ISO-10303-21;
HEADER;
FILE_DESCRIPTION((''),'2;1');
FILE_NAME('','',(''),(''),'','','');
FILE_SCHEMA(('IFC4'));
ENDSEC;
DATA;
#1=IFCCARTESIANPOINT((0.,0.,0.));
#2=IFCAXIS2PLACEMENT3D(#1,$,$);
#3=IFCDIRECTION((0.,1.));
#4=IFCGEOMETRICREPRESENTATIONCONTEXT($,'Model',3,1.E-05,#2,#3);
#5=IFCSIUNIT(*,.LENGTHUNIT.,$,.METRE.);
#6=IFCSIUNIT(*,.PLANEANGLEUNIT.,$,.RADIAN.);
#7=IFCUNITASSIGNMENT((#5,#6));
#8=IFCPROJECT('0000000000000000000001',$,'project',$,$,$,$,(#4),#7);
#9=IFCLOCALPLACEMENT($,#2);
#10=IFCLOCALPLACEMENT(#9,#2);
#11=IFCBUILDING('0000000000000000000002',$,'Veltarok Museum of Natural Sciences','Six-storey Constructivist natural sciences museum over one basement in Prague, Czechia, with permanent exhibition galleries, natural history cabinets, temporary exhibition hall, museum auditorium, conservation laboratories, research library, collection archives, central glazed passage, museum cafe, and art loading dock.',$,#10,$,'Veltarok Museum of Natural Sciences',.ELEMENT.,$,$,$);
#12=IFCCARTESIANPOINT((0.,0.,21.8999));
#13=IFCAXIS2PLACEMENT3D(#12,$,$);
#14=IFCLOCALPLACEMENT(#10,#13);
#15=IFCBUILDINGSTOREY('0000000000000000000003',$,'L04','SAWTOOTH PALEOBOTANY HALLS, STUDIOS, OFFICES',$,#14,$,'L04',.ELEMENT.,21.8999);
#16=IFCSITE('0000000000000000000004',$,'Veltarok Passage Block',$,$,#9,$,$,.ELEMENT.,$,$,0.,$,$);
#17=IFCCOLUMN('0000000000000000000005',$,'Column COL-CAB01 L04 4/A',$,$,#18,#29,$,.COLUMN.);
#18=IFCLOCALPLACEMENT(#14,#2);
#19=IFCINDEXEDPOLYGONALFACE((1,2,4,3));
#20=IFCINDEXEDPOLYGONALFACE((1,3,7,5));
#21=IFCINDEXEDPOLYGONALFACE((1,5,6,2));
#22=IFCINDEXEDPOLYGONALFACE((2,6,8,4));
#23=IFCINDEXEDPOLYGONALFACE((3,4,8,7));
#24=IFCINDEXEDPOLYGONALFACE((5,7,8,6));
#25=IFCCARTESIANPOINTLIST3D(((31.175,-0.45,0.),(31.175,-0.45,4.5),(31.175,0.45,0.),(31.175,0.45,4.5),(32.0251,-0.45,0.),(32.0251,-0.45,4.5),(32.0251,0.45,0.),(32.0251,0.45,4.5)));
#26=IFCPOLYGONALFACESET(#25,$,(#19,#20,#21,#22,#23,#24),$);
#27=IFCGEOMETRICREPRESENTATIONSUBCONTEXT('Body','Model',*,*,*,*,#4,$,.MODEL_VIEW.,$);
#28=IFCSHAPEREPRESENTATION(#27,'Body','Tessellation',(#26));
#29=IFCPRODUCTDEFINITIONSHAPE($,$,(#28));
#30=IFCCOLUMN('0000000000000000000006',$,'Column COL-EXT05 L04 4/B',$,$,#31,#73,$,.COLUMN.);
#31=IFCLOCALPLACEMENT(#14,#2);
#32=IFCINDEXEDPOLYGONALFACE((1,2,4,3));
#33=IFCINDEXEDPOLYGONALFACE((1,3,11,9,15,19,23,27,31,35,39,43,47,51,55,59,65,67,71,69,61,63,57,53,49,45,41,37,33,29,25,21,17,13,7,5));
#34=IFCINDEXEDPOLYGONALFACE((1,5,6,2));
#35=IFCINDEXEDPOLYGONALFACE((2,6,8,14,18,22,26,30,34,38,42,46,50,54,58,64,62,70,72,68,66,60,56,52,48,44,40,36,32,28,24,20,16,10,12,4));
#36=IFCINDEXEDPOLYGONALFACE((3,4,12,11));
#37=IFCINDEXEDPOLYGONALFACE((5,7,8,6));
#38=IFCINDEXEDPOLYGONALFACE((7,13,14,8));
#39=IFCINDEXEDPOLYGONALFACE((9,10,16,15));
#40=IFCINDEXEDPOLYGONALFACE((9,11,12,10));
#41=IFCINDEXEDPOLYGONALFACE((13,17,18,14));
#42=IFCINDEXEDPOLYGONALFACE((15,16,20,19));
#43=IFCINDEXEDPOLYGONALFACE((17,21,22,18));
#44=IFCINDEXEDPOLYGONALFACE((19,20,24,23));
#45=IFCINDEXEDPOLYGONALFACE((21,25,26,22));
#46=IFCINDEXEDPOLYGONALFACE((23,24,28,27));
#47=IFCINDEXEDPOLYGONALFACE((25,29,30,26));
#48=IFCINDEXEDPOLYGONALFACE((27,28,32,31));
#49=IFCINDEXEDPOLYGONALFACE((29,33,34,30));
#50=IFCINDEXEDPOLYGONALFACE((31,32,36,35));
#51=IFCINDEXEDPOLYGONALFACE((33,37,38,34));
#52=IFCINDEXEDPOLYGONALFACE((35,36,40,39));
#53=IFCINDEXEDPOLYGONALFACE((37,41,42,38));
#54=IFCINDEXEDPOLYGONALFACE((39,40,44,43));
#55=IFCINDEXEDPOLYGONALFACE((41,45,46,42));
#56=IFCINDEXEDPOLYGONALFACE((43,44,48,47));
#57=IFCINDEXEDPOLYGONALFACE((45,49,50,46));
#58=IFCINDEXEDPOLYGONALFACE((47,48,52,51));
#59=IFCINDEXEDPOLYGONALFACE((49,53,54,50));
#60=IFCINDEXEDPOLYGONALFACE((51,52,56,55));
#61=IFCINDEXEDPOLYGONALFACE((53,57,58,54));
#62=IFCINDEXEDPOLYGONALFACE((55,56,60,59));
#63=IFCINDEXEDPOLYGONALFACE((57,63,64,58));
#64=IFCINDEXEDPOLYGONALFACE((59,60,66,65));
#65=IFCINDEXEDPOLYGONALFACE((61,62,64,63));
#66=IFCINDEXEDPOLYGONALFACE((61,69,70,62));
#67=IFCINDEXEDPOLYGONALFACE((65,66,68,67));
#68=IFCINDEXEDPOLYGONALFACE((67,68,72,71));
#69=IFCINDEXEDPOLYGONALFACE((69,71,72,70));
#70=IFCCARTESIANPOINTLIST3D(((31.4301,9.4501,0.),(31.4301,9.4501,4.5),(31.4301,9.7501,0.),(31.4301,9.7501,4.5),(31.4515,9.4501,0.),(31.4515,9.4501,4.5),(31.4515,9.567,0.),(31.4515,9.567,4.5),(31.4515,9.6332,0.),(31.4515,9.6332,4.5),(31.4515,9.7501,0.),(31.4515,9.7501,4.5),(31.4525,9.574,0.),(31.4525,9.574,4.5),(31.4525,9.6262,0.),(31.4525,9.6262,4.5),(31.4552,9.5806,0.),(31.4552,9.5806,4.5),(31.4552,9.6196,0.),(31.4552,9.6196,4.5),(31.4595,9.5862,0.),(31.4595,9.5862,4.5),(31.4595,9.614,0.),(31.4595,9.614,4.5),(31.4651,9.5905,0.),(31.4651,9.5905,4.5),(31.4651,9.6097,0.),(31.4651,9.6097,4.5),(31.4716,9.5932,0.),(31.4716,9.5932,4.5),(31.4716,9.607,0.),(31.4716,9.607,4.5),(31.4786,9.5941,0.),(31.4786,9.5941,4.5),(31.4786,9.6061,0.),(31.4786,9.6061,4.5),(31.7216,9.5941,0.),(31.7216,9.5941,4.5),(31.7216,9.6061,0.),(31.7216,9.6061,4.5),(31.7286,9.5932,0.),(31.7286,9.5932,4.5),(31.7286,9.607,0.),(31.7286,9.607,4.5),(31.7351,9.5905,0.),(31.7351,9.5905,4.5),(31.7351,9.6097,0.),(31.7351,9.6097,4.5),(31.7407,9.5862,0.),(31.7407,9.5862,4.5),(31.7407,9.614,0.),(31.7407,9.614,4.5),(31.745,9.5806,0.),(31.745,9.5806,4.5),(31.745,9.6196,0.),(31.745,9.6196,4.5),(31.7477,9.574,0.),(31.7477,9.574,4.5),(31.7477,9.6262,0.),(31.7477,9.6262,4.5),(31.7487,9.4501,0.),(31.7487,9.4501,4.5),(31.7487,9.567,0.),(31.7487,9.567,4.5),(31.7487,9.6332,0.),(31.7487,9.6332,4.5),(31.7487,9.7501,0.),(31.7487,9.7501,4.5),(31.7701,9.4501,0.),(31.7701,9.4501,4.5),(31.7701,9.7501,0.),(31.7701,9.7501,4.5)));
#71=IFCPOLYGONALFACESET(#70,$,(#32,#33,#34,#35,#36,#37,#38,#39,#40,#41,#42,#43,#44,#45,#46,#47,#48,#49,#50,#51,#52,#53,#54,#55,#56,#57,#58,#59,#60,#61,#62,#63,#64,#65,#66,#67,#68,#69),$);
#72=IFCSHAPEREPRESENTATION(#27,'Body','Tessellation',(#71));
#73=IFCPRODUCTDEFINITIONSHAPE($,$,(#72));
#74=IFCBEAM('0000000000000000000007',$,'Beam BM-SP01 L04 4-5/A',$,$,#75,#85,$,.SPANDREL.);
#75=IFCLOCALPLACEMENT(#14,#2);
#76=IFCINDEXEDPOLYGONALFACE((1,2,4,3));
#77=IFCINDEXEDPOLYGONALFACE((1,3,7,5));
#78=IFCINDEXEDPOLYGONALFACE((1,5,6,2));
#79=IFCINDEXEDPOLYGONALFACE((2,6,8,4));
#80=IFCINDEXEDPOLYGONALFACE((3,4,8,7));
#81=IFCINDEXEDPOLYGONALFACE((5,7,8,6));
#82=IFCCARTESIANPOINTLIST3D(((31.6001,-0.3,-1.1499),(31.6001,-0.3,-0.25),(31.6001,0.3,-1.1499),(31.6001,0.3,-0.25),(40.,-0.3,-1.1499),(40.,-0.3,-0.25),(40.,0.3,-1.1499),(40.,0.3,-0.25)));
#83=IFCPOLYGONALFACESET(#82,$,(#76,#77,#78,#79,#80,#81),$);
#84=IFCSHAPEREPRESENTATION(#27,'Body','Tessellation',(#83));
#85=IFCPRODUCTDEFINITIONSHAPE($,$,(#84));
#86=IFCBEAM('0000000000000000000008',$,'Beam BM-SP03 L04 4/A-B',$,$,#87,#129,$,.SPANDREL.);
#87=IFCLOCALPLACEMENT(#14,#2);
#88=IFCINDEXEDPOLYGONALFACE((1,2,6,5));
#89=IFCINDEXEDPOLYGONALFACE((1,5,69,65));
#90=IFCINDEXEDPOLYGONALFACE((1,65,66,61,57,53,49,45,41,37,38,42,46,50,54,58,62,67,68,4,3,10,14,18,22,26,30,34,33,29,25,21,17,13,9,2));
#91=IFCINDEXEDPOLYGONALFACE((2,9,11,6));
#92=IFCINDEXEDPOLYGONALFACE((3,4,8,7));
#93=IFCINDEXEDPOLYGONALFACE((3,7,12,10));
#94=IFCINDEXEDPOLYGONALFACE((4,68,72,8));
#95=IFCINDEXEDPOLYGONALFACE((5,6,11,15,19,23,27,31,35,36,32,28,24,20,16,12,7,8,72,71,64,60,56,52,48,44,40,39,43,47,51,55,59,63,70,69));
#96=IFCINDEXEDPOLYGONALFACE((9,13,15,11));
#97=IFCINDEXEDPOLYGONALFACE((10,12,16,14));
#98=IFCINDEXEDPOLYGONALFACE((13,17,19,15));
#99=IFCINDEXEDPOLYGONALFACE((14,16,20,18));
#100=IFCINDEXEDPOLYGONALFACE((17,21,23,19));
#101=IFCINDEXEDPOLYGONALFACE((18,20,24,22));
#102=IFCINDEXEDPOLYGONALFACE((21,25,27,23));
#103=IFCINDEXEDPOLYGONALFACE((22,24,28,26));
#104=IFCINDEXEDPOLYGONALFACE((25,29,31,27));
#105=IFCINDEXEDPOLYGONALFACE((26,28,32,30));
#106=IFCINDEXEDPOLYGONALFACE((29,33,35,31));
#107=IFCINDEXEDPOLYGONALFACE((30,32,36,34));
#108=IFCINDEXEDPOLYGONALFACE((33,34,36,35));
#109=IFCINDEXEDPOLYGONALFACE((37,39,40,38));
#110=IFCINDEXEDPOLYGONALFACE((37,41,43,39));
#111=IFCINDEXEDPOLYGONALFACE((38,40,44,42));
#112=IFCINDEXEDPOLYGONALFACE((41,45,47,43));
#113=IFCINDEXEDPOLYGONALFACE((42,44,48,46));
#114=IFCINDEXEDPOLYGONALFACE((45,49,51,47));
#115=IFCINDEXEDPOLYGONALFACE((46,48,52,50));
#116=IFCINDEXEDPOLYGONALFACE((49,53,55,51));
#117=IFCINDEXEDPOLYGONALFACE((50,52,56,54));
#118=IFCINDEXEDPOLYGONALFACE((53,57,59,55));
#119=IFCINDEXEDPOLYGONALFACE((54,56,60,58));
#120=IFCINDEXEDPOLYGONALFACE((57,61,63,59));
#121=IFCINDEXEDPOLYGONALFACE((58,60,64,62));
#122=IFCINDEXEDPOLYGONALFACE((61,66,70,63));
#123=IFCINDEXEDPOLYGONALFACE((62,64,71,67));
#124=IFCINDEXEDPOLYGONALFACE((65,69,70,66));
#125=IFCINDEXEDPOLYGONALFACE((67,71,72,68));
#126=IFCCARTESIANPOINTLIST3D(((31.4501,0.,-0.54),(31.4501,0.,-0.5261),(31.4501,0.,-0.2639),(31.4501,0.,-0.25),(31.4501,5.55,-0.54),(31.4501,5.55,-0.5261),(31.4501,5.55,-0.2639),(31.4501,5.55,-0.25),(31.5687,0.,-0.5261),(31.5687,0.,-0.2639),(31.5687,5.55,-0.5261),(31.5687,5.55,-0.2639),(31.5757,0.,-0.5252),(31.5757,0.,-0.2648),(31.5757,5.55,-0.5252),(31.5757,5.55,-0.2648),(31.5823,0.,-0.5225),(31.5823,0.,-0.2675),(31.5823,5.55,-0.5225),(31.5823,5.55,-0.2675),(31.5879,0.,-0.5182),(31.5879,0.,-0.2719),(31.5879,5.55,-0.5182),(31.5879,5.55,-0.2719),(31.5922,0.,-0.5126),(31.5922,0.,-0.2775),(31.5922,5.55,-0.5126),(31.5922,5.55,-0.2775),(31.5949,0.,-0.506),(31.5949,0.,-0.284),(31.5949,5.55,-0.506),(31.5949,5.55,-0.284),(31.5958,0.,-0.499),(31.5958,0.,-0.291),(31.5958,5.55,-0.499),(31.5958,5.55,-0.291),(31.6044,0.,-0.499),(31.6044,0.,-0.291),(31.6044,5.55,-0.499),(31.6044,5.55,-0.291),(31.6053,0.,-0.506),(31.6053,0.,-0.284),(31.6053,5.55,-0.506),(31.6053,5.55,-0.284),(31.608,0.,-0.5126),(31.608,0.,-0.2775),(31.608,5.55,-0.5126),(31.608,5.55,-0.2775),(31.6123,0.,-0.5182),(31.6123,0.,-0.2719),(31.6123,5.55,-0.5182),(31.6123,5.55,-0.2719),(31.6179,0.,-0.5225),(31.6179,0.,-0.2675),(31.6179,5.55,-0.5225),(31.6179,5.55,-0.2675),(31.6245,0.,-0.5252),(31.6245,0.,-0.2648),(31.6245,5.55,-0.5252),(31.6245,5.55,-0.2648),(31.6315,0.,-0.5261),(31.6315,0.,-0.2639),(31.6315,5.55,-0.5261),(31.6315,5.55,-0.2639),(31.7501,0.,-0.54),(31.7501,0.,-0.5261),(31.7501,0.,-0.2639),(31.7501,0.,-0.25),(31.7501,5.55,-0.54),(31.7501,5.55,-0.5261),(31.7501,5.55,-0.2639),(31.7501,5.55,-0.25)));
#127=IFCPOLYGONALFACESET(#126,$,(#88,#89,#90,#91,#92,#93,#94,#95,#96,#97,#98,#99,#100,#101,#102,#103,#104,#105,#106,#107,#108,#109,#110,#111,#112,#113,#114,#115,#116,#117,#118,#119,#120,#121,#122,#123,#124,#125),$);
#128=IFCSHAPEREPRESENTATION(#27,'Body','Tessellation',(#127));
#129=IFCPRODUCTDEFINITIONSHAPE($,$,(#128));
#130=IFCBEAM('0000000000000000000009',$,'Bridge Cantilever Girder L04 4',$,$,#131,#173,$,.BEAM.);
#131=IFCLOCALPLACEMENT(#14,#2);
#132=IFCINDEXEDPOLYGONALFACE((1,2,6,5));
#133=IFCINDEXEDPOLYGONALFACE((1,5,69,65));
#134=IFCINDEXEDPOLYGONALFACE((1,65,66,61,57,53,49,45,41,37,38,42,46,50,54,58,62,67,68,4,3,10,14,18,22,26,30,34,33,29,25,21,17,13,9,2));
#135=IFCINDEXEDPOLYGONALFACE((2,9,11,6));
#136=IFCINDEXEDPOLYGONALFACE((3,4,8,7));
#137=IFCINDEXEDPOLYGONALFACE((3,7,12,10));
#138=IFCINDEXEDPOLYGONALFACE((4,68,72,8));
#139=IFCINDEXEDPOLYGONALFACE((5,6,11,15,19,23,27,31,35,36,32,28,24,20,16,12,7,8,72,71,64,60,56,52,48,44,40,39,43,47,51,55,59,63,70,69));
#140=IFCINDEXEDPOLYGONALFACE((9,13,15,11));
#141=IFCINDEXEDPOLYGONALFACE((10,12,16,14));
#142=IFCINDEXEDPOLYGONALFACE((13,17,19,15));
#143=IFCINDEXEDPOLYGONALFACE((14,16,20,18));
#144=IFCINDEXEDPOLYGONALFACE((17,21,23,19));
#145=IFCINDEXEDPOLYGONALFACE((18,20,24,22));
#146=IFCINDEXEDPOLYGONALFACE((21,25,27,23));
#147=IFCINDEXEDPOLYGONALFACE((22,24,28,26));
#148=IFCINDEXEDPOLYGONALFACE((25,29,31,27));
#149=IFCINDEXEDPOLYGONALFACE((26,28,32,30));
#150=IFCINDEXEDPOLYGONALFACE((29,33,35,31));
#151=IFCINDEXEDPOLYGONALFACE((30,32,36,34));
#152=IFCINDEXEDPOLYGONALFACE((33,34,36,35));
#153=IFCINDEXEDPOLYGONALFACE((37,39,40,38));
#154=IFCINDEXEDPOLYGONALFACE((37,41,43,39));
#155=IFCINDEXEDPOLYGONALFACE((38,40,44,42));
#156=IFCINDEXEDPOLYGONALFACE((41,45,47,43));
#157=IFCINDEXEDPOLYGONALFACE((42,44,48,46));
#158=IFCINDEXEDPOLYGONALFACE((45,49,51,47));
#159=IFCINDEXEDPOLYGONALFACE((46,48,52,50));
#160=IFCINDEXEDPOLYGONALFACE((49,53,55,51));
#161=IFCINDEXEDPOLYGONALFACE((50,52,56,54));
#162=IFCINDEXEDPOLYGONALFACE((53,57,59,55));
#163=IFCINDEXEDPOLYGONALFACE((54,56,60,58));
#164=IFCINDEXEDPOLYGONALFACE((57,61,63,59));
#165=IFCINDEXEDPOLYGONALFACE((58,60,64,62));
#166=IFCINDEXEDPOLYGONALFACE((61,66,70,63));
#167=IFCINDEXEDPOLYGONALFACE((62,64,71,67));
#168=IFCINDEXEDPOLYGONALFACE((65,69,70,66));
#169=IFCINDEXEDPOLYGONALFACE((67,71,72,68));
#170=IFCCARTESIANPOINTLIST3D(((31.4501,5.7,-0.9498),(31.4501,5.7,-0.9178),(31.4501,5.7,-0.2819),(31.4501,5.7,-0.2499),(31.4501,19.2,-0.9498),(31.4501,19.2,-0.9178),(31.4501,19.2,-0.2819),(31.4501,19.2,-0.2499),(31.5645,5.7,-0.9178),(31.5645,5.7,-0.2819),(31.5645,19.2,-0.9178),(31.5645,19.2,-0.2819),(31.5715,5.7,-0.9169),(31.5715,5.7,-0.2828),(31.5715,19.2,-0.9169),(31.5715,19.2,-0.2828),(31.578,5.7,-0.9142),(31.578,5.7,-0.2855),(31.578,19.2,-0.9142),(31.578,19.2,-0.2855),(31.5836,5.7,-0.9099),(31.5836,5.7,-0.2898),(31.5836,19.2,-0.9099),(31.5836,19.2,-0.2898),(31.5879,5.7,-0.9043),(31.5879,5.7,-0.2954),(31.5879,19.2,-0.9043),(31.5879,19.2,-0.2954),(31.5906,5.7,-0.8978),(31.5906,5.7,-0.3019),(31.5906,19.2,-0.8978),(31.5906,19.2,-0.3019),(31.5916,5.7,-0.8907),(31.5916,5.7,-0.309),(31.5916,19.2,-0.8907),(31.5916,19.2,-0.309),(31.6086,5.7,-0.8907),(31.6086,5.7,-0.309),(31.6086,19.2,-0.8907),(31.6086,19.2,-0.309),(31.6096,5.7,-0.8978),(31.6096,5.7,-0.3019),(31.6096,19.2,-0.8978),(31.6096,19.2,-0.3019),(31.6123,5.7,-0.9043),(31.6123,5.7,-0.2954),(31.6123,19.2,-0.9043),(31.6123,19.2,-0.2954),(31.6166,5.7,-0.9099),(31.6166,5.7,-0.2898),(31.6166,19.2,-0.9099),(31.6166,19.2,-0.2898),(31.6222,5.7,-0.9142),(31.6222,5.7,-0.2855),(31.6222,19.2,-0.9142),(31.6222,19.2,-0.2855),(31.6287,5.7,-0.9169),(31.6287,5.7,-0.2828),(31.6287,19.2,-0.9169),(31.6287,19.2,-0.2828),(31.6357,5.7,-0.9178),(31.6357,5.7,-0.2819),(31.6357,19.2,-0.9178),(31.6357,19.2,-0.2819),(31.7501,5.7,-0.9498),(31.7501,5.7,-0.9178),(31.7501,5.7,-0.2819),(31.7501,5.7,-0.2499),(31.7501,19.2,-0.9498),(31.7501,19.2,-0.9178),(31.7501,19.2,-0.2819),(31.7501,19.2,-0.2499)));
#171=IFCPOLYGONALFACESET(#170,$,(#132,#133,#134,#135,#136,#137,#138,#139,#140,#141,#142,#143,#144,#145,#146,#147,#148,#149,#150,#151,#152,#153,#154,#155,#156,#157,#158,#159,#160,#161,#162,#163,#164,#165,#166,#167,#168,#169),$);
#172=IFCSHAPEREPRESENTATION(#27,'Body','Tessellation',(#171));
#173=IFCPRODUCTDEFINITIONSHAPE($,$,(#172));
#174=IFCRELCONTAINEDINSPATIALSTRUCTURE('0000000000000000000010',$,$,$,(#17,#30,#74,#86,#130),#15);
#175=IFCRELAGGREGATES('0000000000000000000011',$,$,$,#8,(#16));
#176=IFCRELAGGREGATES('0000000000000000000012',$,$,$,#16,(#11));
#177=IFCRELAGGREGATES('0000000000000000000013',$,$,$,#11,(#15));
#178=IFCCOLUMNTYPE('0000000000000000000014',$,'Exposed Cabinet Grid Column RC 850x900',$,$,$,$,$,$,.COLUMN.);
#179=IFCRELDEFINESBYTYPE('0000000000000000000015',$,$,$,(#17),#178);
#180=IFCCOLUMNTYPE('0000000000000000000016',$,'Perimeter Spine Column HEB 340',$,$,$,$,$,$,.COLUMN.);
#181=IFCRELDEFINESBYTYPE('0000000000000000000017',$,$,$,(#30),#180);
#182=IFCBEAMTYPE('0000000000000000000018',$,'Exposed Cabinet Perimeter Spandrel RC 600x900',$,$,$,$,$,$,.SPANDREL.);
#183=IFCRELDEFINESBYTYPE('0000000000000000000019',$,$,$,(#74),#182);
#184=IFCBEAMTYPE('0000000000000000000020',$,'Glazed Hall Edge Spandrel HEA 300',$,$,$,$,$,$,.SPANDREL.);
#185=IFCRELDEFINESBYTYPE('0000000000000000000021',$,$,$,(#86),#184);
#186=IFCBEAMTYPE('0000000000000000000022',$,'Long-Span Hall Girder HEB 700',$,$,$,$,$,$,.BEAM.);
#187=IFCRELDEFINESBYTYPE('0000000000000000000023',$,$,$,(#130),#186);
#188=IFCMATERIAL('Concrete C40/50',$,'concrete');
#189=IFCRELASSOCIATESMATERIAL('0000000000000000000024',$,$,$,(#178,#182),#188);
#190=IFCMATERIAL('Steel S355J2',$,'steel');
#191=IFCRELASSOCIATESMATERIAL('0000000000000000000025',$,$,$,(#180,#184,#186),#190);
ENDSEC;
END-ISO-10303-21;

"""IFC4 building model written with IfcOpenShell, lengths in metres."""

from ifc_helpers import new_model, si_unit, direction, frame, origin, origin_2d, place, context, subcontext, project, spatial, rectangle, i_section, extrude, material, material_profile, profile_set, type_object, element, save


model = new_model("IFC4")

# Units and contexts
model_context = context("Model", 3, precision=1e-05, world=origin(), true_north=direction((0.0, 1.0)))
body_context = subcontext(model_context, "Body", "Model", "MODEL_VIEW")
ifc_project = project(units=[si_unit("LENGTHUNIT", "METRE"), si_unit("PLANEANGLEUNIT", "RADIAN")], contexts=[model_context])

# Site, building, storey
site_placement = place(None, origin())
site = spatial("IfcSite", under=ifc_project, at=site_placement, Name="Veltarok Passage Block", CompositionType="ELEMENT", RefElevation=0.0)
building_placement = place(site_placement, origin())
building = spatial("IfcBuilding", under=site, at=building_placement, Name="Veltarok Museum of Natural Sciences", Description="Six-storey Constructivist natural sciences museum over one basement in Prague, Czechia, with permanent exhibition galleries, natural history cabinets, temporary exhibition hall, museum auditorium, conservation laboratories, research library, collection archives, central glazed passage, museum cafe, and art loading dock.", LongName="Veltarok Museum of Natural Sciences", CompositionType="ELEMENT")
storey_placement = place(building_placement, frame((0.0, 0.0, 21.8999)))
storey = spatial("IfcBuildingStorey", under=building, at=storey_placement, Name="L04", Description="SAWTOOTH PALEOBOTANY HALLS, STUDIOS, OFFICES", LongName="L04", CompositionType="ELEMENT", Elevation=21.8999)

# Columns
ifc_material_1 = material(Name="Concrete C40/50", Category="concrete")
ifc_material_profile_1 = material_profile(ifc_material_1, rectangle(XDim=0.8501, YDim=0.8999, at=origin_2d()), Name="RC 850x900")
ifc_profile_set_1 = profile_set([ifc_material_profile_1], Name="Concrete C40/50")
column_type_1 = type_object("IfcColumnType", Name="Exposed Cabinet Grid Column RC 850x900", PredefinedType="COLUMN", material=ifc_profile_set_1)
column_1_placement = place(storey_placement, frame((31.6001, 0.0, 0.0), z_axis=(0.0, 0.0, 1.0), x_axis=(1.0, 0.0, 0.0)))
element("IfcColumn", 1, at=column_1_placement, inside=storey, type_object=column_type_1, Name="Column COL-CAB01 L04 4/A", PredefinedType="COLUMN", context=body_context, shape_type="SweptSolid", body=[
    extrude(rectangle(XDim=0.8501, YDim=0.8999, at=origin_2d()), origin(), (0.0, 0.0, 1.0), 4.5),
])
ifc_material_2 = material(Name="Steel S355J2", Category="steel")
ifc_material_profile_2 = material_profile(ifc_material_2, i_section(OverallWidth=0.3, OverallDepth=0.3401, WebThickness=0.012, FlangeThickness=0.0215, FilletRadius=0.0271, at=origin_2d()), Name="HEB 340")
ifc_profile_set_2 = profile_set([ifc_material_profile_2], Name="Steel S355J2")
column_type_2 = type_object("IfcColumnType", Name="Perimeter Spine Column HEB 340", PredefinedType="COLUMN", material=ifc_profile_set_2)
column_2_placement = place(storey_placement, frame((31.6001, 9.6001, 0.0), z_axis=(0.0, 0.0, 1.0), x_axis=(0.0, 1.0, 0.0)))
element("IfcColumn", 2, at=column_2_placement, inside=storey, type_object=column_type_2, Name="Column COL-EXT05 L04 4/B", PredefinedType="COLUMN", context=body_context, shape_type="SweptSolid", body=[
    extrude(i_section(OverallWidth=0.3, OverallDepth=0.3401, WebThickness=0.012, FlangeThickness=0.0215, FilletRadius=0.0271, at=origin_2d()), origin(), (0.0, 0.0, 1.0), 4.5),
])

# Beams
ifc_material_profile_3 = material_profile(ifc_material_1, rectangle(XDim=0.6001, YDim=0.8999, at=origin_2d()), Name="RC 600x900")
ifc_profile_set_3 = profile_set([ifc_material_profile_3], Name="Concrete C40/50")
beam_type_1 = type_object("IfcBeamType", Name="Exposed Cabinet Perimeter Spandrel RC 600x900", PredefinedType="SPANDREL", material=ifc_profile_set_3)
beam_1_placement = place(storey_placement, frame((31.6001, 0.0, -0.7), z_axis=(1.0, 0.0, 0.0), x_axis=(0.0, 1.0, 0.0)))
element("IfcBeam", 3, at=beam_1_placement, inside=storey, type_object=beam_type_1, Name="Beam BM-SP01 L04 4-5/A", PredefinedType="SPANDREL", context=body_context, shape_type="SweptSolid", body=[
    extrude(rectangle(XDim=0.6001, YDim=0.8999, at=origin_2d()), origin(), (0.0, 0.0, 1.0), 8.3999),
])
ifc_material_profile_4 = material_profile(ifc_material_2, i_section(OverallWidth=0.3, OverallDepth=0.29, WebThickness=0.0085, FlangeThickness=0.0139, FilletRadius=0.0271, at=origin_2d()), Name="HEA 300")
ifc_profile_set_4 = profile_set([ifc_material_profile_4], Name="Steel S355J2")
beam_type_2 = type_object("IfcBeamType", Name="Glazed Hall Edge Spandrel HEA 300", PredefinedType="SPANDREL", material=ifc_profile_set_4)
beam_2_placement = place(storey_placement, frame((31.6001, 0.0, -0.395), z_axis=(0.0, 1.0, 0.0), x_axis=(-1.0, 0.0, 0.0)))
element("IfcBeam", 4, at=beam_2_placement, inside=storey, type_object=beam_type_2, Name="Beam BM-SP03 L04 4/A-B", PredefinedType="SPANDREL", context=body_context, shape_type="SweptSolid", body=[
    extrude(i_section(OverallWidth=0.3, OverallDepth=0.29, WebThickness=0.0085, FlangeThickness=0.0139, FilletRadius=0.0271, at=origin_2d()), origin(), (0.0, 0.0, 1.0), 5.55),
])
ifc_material_profile_5 = material_profile(ifc_material_2, i_section(OverallWidth=0.3, OverallDepth=0.7, WebThickness=0.0171, FlangeThickness=0.032, FilletRadius=0.0271, at=origin_2d()), Name="HEB 700")
ifc_profile_set_5 = profile_set([ifc_material_profile_5], Name="Steel S355J2")
beam_type_3 = type_object("IfcBeamType", Name="Long-Span Hall Girder HEB 700", PredefinedType="BEAM", material=ifc_profile_set_5)
beam_3_placement = place(storey_placement, frame((31.6001, 5.7, -0.5999), z_axis=(0.0, 1.0, 0.0), x_axis=(-1.0, 0.0, 0.0)))
element("IfcBeam", 5, at=beam_3_placement, inside=storey, type_object=beam_type_3, Name="Bridge Cantilever Girder L04 4", PredefinedType="BEAM", context=body_context, shape_type="SweptSolid", body=[
    extrude(i_section(OverallWidth=0.3, OverallDepth=0.7, WebThickness=0.0171, FlangeThickness=0.032, FilletRadius=0.0271, at=origin_2d()), origin(), (0.0, 0.0, 1.0), 13.5),
])

save(model, "model.ifc")
